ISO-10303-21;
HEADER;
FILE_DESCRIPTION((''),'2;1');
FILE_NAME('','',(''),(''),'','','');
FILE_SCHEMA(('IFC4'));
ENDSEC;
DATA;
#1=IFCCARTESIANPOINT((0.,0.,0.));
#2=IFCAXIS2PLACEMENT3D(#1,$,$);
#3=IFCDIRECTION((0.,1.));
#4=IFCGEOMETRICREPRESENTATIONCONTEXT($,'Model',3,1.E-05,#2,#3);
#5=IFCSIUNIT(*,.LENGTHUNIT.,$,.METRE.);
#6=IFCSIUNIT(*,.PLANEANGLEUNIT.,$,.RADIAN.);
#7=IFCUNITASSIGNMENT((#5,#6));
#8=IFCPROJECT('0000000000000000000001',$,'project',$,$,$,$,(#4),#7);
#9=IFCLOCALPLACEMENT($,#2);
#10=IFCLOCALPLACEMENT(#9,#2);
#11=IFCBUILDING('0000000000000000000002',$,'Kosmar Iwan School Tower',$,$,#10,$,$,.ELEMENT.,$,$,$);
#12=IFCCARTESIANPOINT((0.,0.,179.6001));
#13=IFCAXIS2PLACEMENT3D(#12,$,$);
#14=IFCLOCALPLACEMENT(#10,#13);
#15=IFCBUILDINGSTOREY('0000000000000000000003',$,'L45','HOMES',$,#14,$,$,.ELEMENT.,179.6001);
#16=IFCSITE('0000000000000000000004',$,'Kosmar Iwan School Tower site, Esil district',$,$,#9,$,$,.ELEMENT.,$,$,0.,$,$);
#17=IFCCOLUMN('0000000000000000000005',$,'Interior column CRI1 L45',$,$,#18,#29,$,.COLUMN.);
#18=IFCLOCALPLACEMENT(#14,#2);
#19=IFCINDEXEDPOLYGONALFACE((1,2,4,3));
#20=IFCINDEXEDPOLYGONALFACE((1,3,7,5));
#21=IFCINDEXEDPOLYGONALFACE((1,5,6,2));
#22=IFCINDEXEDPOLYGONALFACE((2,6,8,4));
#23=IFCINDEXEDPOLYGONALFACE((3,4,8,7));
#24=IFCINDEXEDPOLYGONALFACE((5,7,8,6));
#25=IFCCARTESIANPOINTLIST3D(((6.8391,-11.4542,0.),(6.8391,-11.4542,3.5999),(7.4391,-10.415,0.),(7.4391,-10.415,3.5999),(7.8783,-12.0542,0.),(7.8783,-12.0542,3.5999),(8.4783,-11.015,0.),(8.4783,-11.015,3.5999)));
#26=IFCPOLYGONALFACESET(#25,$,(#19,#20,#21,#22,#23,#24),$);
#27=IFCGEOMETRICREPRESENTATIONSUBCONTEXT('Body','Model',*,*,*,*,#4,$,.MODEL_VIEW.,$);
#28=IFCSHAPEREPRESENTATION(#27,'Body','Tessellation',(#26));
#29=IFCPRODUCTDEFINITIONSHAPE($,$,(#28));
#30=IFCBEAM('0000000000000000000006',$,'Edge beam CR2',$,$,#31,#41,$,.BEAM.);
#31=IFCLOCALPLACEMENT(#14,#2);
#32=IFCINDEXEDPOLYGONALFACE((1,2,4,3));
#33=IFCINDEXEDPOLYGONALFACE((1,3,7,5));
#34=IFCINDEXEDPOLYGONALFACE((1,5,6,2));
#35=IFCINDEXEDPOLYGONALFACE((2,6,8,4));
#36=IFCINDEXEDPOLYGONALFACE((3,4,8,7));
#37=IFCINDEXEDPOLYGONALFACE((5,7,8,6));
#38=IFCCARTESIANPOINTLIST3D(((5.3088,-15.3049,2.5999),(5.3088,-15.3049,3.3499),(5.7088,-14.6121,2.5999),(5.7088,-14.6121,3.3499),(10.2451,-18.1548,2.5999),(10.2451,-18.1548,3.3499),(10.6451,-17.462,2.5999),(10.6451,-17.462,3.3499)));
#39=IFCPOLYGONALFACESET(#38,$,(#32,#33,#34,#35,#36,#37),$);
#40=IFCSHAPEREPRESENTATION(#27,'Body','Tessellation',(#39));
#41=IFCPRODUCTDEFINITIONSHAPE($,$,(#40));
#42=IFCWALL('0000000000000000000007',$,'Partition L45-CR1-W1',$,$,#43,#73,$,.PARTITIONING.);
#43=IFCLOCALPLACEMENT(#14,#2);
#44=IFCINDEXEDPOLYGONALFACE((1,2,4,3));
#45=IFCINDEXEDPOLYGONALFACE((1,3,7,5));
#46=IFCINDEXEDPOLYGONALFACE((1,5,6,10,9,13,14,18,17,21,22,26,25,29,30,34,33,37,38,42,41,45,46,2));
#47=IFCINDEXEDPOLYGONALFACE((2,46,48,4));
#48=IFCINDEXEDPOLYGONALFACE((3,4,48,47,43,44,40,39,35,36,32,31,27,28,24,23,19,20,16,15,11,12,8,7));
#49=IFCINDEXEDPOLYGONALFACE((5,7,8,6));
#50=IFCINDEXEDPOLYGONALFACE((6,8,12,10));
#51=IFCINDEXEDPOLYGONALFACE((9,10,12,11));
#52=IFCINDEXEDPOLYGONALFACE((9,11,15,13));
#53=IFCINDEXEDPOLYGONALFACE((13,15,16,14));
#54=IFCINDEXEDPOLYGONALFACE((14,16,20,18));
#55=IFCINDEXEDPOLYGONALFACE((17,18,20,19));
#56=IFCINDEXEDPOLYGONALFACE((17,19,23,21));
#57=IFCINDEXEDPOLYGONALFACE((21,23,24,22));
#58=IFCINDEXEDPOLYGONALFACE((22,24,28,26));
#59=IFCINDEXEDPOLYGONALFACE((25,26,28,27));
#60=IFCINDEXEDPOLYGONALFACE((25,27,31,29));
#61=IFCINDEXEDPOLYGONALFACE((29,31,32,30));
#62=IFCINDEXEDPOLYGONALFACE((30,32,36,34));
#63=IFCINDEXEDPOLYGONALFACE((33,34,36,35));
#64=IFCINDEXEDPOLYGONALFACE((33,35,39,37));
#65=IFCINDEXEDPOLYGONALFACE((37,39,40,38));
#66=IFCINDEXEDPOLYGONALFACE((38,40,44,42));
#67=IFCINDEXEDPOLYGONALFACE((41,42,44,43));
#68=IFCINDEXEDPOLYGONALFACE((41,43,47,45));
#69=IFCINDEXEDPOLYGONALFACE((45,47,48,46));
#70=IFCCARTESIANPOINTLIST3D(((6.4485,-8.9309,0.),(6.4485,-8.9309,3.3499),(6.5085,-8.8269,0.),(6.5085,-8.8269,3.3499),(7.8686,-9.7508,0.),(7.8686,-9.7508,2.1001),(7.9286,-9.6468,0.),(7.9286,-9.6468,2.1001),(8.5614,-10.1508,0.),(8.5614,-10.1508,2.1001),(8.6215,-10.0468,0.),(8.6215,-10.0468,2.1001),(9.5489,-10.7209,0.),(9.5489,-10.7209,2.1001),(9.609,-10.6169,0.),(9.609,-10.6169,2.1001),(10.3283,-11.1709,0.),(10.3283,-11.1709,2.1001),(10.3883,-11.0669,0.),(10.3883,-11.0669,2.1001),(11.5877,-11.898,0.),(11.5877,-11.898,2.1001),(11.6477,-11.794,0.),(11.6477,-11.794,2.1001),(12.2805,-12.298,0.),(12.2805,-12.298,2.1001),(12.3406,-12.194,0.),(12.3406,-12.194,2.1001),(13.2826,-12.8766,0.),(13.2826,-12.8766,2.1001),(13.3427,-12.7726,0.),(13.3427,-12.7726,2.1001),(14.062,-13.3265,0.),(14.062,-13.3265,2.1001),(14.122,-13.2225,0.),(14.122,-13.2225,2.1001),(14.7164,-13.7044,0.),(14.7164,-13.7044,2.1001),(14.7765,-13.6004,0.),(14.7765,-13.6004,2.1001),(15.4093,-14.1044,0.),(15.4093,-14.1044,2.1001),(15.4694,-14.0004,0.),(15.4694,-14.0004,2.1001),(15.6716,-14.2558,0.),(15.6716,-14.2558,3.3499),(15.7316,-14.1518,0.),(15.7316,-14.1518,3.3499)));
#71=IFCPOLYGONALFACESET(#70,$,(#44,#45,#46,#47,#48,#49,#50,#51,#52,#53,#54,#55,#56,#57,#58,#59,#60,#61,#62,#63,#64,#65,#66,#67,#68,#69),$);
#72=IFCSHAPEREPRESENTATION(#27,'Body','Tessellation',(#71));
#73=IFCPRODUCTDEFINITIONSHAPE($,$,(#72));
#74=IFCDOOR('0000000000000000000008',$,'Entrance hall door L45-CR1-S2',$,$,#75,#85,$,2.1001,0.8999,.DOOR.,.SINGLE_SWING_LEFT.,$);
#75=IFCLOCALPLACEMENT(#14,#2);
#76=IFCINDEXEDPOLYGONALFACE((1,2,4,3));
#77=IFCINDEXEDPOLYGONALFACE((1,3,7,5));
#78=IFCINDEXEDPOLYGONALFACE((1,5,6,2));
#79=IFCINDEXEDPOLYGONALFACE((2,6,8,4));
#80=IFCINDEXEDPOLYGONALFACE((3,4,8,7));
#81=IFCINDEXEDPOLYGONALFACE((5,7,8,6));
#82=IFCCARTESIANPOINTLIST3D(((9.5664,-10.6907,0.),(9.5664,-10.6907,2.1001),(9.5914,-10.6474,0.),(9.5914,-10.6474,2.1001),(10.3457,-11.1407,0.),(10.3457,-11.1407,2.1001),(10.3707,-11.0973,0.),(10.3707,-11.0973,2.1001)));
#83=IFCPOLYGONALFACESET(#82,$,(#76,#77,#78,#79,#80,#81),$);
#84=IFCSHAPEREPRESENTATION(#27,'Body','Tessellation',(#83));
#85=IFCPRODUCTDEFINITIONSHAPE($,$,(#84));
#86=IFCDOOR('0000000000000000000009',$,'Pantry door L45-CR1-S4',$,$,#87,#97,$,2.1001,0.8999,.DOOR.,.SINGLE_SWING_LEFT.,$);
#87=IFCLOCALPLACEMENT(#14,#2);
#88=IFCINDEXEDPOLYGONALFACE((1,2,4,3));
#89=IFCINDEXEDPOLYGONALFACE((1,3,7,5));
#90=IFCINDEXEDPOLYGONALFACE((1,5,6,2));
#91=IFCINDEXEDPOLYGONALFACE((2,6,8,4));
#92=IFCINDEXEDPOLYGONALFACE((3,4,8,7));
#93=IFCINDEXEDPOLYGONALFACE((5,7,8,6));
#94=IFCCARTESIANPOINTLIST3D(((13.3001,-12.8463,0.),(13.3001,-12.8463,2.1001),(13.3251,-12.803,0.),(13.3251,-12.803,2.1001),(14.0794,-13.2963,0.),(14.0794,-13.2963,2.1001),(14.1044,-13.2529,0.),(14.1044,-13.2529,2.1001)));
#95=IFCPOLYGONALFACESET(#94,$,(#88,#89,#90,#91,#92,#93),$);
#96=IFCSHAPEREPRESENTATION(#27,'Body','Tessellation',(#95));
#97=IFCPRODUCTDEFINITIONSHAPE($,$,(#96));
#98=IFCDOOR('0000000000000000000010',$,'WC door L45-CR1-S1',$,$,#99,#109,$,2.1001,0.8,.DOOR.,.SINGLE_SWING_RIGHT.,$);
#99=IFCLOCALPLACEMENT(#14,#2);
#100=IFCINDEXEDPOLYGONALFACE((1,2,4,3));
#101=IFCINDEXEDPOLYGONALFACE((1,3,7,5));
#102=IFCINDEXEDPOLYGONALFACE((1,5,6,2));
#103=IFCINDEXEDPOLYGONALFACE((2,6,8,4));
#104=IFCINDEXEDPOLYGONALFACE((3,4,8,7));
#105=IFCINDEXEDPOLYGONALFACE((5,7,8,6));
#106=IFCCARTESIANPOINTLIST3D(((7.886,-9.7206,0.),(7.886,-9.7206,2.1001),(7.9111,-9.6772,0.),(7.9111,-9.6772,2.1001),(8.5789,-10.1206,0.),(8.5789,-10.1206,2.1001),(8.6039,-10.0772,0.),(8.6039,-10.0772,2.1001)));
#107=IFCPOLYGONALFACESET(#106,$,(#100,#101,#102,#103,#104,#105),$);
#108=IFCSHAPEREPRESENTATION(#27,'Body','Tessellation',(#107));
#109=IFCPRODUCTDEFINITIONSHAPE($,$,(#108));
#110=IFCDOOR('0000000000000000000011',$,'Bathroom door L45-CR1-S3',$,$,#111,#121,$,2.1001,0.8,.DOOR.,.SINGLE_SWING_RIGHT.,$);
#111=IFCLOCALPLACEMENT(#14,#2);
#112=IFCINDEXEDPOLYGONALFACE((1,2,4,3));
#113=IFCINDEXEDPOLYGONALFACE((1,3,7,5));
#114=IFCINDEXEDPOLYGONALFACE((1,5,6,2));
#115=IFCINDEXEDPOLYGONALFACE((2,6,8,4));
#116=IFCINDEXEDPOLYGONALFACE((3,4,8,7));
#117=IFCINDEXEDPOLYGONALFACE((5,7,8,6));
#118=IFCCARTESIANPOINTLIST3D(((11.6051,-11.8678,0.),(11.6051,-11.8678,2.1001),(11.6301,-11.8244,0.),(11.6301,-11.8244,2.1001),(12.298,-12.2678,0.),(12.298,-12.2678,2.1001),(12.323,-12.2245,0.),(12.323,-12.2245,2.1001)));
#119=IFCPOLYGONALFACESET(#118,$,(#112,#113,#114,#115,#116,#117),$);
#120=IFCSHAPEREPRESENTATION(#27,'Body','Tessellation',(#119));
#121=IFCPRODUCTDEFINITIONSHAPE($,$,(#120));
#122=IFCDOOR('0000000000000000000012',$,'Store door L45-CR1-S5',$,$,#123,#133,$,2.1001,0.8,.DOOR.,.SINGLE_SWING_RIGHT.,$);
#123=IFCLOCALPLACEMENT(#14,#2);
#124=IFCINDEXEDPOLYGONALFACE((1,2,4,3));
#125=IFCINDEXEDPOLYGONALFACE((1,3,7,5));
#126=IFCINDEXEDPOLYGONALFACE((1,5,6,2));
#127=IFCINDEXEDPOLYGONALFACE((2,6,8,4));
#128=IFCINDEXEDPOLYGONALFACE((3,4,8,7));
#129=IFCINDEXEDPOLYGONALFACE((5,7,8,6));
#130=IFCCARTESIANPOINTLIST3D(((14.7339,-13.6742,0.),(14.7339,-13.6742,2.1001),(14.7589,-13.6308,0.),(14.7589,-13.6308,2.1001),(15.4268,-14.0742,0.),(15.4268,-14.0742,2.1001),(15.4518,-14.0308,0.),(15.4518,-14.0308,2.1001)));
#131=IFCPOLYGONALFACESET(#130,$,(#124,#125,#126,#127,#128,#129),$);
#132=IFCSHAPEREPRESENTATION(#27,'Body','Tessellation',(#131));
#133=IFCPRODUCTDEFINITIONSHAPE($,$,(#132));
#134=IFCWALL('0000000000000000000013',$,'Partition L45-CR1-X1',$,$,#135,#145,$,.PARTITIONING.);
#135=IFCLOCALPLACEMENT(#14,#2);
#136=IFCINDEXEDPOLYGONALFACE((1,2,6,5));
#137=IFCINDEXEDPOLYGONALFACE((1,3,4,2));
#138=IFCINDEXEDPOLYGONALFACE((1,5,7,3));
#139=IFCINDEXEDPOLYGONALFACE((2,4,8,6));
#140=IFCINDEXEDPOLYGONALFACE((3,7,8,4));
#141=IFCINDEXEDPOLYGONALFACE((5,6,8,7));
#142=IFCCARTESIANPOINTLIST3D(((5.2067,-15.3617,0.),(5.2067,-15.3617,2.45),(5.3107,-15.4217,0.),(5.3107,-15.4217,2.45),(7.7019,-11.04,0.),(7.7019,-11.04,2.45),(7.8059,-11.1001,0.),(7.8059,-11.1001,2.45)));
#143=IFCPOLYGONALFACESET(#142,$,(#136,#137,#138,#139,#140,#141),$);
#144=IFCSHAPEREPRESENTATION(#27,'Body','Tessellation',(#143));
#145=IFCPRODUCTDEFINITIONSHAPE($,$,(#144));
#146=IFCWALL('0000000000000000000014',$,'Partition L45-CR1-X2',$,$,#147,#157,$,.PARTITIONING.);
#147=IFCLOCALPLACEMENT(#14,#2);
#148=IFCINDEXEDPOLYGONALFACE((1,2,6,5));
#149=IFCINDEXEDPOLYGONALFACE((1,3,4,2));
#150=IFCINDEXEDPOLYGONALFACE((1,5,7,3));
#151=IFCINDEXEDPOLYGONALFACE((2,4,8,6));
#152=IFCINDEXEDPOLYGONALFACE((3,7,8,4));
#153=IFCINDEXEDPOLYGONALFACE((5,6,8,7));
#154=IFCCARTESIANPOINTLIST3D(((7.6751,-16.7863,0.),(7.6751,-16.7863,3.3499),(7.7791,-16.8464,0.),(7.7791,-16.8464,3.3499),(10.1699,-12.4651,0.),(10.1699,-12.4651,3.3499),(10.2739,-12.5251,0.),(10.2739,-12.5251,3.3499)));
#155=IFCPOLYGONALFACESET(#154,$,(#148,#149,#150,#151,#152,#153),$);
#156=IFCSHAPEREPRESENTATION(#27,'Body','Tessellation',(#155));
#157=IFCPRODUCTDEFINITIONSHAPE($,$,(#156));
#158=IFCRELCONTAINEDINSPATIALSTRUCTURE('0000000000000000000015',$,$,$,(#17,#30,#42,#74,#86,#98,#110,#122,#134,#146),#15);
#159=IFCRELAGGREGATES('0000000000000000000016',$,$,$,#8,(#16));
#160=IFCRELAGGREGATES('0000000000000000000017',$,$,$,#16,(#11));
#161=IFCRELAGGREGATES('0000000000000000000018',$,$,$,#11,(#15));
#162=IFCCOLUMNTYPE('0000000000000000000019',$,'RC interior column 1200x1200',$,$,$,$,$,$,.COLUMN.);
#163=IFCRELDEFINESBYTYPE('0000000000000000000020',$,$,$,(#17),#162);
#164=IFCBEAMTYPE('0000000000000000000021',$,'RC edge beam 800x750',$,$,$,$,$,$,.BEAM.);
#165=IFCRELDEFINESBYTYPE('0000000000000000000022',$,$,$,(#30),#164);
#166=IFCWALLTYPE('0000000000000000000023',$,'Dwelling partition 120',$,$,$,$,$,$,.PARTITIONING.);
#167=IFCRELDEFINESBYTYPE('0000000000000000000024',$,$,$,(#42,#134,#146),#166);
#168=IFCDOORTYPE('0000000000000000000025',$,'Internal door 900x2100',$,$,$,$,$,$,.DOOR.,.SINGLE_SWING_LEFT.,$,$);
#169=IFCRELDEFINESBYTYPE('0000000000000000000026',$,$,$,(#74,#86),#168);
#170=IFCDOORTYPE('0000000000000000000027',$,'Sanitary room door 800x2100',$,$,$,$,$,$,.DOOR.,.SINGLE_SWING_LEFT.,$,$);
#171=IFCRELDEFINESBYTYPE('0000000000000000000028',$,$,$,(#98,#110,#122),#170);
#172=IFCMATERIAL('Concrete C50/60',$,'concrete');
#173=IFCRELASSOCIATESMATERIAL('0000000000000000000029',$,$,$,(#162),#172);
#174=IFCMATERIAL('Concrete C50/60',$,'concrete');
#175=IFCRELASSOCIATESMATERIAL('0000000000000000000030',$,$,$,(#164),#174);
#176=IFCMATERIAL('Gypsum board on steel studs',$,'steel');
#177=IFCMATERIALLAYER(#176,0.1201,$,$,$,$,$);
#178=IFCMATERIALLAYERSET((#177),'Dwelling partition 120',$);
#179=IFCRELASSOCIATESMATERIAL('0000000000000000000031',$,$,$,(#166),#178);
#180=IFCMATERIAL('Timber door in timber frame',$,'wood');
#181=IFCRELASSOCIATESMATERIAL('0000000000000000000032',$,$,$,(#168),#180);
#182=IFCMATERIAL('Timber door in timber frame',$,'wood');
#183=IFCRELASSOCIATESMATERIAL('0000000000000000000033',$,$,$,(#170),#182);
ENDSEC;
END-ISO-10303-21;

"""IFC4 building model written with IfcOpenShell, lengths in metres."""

from ifc_helpers import new_model, si_unit, direction, frame, frame_2d, origin, origin_2d, place, context, subcontext, project, spatial, rectangle, extrude, material, layer, layer_set, material_profile, profile_set, type_object, element, fill, save


model = new_model("IFC4")

# Units and contexts
model_context = context("Model", 3, precision=1e-05, world=origin(), true_north=direction((0.0, 1.0)))
body_context = subcontext(model_context, "Body", "Model", "MODEL_VIEW")
ifc_project = project(units=[si_unit("LENGTHUNIT", "METRE"), si_unit("PLANEANGLEUNIT", "RADIAN")], contexts=[model_context])

# Site, building, storey
site_placement = place(None, origin())
site = spatial("IfcSite", under=ifc_project, at=site_placement, Name="Kosmar Iwan School Tower site, Esil district", CompositionType="ELEMENT", RefElevation=0.0)
building_placement = place(site_placement, origin())
building = spatial("IfcBuilding", under=site, at=building_placement, Name="Kosmar Iwan School Tower", CompositionType="ELEMENT")
storey_placement = place(building_placement, frame((0.0, 0.0, 179.6001)))
storey = spatial("IfcBuildingStorey", under=building, at=storey_placement, Name="L45", Description="HOMES", CompositionType="ELEMENT", Elevation=179.6001)

# Column
ifc_material_1 = material(Name="Concrete C50/60", Category="concrete")
ifc_material_profile_1 = material_profile(ifc_material_1, rectangle(XDim=1.2, YDim=1.2, at=origin_2d()), Name="RC 1200x1200")
ifc_profile_set_1 = profile_set([ifc_material_profile_1], Name="Concrete C50/60")
column_type = type_object("IfcColumnType", Name="RC interior column 1200x1200", PredefinedType="COLUMN", material=ifc_profile_set_1)
column_placement = place(storey_placement, frame((7.6587, -11.2346, 0.0), z_axis=(0.0, 0.0, 1.0), x_axis=(0.866025, -0.5, 0.0)))
element("IfcColumn", 1, at=column_placement, inside=storey, type_object=column_type, Name="Interior column CRI1 L45", PredefinedType="COLUMN", context=body_context, shape_type="SweptSolid", body=[
    extrude(rectangle(XDim=1.2, YDim=1.2, at=origin_2d()), origin(), (0.0, 0.0, 1.0), 3.5999),
])

# Beam
ifc_material_2 = material(Name="Concrete C50/60", Category="concrete")
ifc_material_profile_2 = material_profile(ifc_material_2, rectangle(XDim=0.8, YDim=0.75, at=origin_2d()), Name="RC 800x750")
ifc_profile_set_2 = profile_set([ifc_material_profile_2], Name="Concrete C50/60")
beam_type = type_object("IfcBeamType", Name="RC edge beam 800x750", PredefinedType="BEAM", material=ifc_profile_set_2)
beam_placement = place(storey_placement, frame((5.5088, -14.9585, 2.9749), z_axis=(0.866034, -0.499986, 0.0), x_axis=(0.499986, 0.866034, 0.0)))
element("IfcBeam", 2, at=beam_placement, inside=storey, type_object=beam_type, Name="Edge beam CR2", PredefinedType="BEAM", context=body_context, shape_type="SweptSolid", body=[
    extrude(rectangle(XDim=0.8, YDim=0.75, at=origin_2d()), origin(), (0.0, 0.0, 1.0), 5.7),
])

# Wall, openings, doors
ifc_material_3 = material(Name="Gypsum board on steel studs", Category="steel")
ifc_layer = layer(ifc_material_3, 0.1201)
ifc_layer_set = layer_set([ifc_layer], Name="Dwelling partition 120")
wall_type = type_object("IfcWallType", Name="Dwelling partition 120", PredefinedType="PARTITIONING", material=ifc_layer_set)
wall_1_placement = place(storey_placement, frame((6.4785, -8.8789, 0.0), z_axis=(0.0, 0.0, 1.0), x_axis=(0.866027, -0.499998, 0.0)))
wall_1 = element("IfcWall", 3, at=wall_1_placement, inside=storey, type_object=wall_type, Name="Partition L45-CR1-W1", PredefinedType="PARTITIONING", context=body_context, shape_type="SweptSolid", body=[
    extrude(rectangle(XDim=10.6499, YDim=0.1201, at=frame_2d((5.325, 0.0))), origin(), (0.0, 0.0, 1.0), 3.3499),
])
opening_1_placement = place(wall_1_placement, frame((1.6399, 0.0, 0.0)))
opening_1 = element("IfcOpeningElement", 4, at=opening_1_placement, cuts=wall_1, PredefinedType="OPENING", context=body_context, shape_type="SweptSolid", body=[
    extrude(rectangle(XDim=0.8, YDim=2.1001, at=frame_2d((0.3999, 1.05))), frame((0.0, 0.072, 0.0), z_axis=(0.0, -1.0, 0.0), x_axis=(1.0, 0.0, 0.0)), (0.0, 0.0, 1.0), 0.144),
])
opening_2_placement = place(wall_1_placement, frame((3.5801, 0.0, 0.0)))
opening_2 = element("IfcOpeningElement", 5, at=opening_2_placement, cuts=wall_1, PredefinedType="OPENING", context=body_context, shape_type="SweptSolid", body=[
    extrude(rectangle(XDim=0.8999, YDim=2.1001, at=frame_2d((0.45, 1.05))), frame((0.0, 0.072, 0.0), z_axis=(0.0, -1.0, 0.0), x_axis=(1.0, 0.0, 0.0)), (0.0, 0.0, 1.0), 0.144),
])
opening_3_placement = place(wall_1_placement, frame((5.9343, 0.0, 0.0)))
opening_3 = element("IfcOpeningElement", 6, at=opening_3_placement, cuts=wall_1, PredefinedType="OPENING", context=body_context, shape_type="SweptSolid", body=[
    extrude(rectangle(XDim=0.8, YDim=2.1001, at=frame_2d((0.3999, 1.05))), frame((0.0, 0.072, 0.0), z_axis=(0.0, -1.0, 0.0), x_axis=(1.0, 0.0, 0.0)), (0.0, 0.0, 1.0), 0.144),
])
opening_4_placement = place(wall_1_placement, frame((7.8914, 0.0, 0.0)))
opening_4 = element("IfcOpeningElement", 7, at=opening_4_placement, cuts=wall_1, PredefinedType="OPENING", context=body_context, shape_type="SweptSolid", body=[
    extrude(rectangle(XDim=0.8999, YDim=2.1001, at=frame_2d((0.45, 1.05))), frame((0.0, 0.072, 0.0), z_axis=(0.0, -1.0, 0.0), x_axis=(1.0, 0.0, 0.0)), (0.0, 0.0, 1.0), 0.144),
])
opening_5_placement = place(wall_1_placement, frame((9.5471, 0.0, 0.0)))
opening_5 = element("IfcOpeningElement", 8, at=opening_5_placement, cuts=wall_1, PredefinedType="OPENING", context=body_context, shape_type="SweptSolid", body=[
    extrude(rectangle(XDim=0.8, YDim=2.1001, at=frame_2d((0.3999, 1.05))), frame((0.0, 0.072, 0.0), z_axis=(0.0, -1.0, 0.0), x_axis=(1.0, 0.0, 0.0)), (0.0, 0.0, 1.0), 0.144),
])
ifc_material_4 = material(Name="Timber door in timber frame", Category="wood")
door_type_1 = type_object("IfcDoorType", Name="Internal door 900x2100", OperationType="SINGLE_SWING_LEFT", PredefinedType="DOOR", material=ifc_material_4)
door_1_placement = place(opening_2_placement, origin())
door_1 = element("IfcDoor", 9, at=door_1_placement, inside=storey, type_object=door_type_1, Name="Entrance hall door L45-CR1-S2", OperationType="SINGLE_SWING_LEFT", OverallHeight=2.1001, OverallWidth=0.8999, PredefinedType="DOOR", context=body_context, shape_type="SweptSolid", body=[
    extrude(rectangle(XDim=0.8999, YDim=2.1001, at=frame_2d((0.45, 1.05))), frame((0.0, 0.0249, 0.0), z_axis=(0.0, -1.0, 0.0), x_axis=(1.0, 0.0, 0.0)), (0.0, 0.0, 1.0), 0.05),
])
fill(opening_2, door_1)
door_2_placement = place(opening_4_placement, origin())
door_2 = element("IfcDoor", 10, at=door_2_placement, inside=storey, type_object=door_type_1, Name="Pantry door L45-CR1-S4", OperationType="SINGLE_SWING_LEFT", OverallHeight=2.1001, OverallWidth=0.8999, PredefinedType="DOOR", context=body_context, shape_type="SweptSolid", body=[
    extrude(rectangle(XDim=0.8999, YDim=2.1001, at=frame_2d((0.45, 1.05))), frame((0.0, 0.0249, 0.0), z_axis=(0.0, -1.0, 0.0), x_axis=(1.0, 0.0, 0.0)), (0.0, 0.0, 1.0), 0.05),
])
fill(opening_4, door_2)
ifc_material_5 = material(Name="Timber door in timber frame", Category="wood")
door_type_2 = type_object("IfcDoorType", Name="Sanitary room door 800x2100", OperationType="SINGLE_SWING_LEFT", PredefinedType="DOOR", material=ifc_material_5)
door_3_placement = place(opening_1_placement, origin())
door_3 = element("IfcDoor", 11, at=door_3_placement, inside=storey, type_object=door_type_2, Name="WC door L45-CR1-S1", OperationType="SINGLE_SWING_RIGHT", OverallHeight=2.1001, OverallWidth=0.8, PredefinedType="DOOR", context=body_context, shape_type="SweptSolid", body=[
    extrude(rectangle(XDim=0.8, YDim=2.1001, at=frame_2d((0.3999, 1.05))), frame((0.0, 0.0249, 0.0), z_axis=(0.0, -1.0, 0.0), x_axis=(1.0, 0.0, 0.0)), (0.0, 0.0, 1.0), 0.05),
])
fill(opening_1, door_3)
door_4_placement = place(opening_3_placement, origin())
door_4 = element("IfcDoor", 12, at=door_4_placement, inside=storey, type_object=door_type_2, Name="Bathroom door L45-CR1-S3", OperationType="SINGLE_SWING_RIGHT", OverallHeight=2.1001, OverallWidth=0.8, PredefinedType="DOOR", context=body_context, shape_type="SweptSolid", body=[
    extrude(rectangle(XDim=0.8, YDim=2.1001, at=frame_2d((0.3999, 1.05))), frame((0.0, 0.0249, 0.0), z_axis=(0.0, -1.0, 0.0), x_axis=(1.0, 0.0, 0.0)), (0.0, 0.0, 1.0), 0.05),
])
fill(opening_3, door_4)
door_5_placement = place(opening_5_placement, origin())
door_5 = element("IfcDoor", 13, at=door_5_placement, inside=storey, type_object=door_type_2, Name="Store door L45-CR1-S5", OperationType="SINGLE_SWING_RIGHT", OverallHeight=2.1001, OverallWidth=0.8, PredefinedType="DOOR", context=body_context, shape_type="SweptSolid", body=[
    extrude(rectangle(XDim=0.8, YDim=2.1001, at=frame_2d((0.3999, 1.05))), frame((0.0, 0.0249, 0.0), z_axis=(0.0, -1.0, 0.0), x_axis=(1.0, 0.0, 0.0)), (0.0, 0.0, 1.0), 0.05),
])
fill(opening_5, door_5)

# Walls
wall_2_placement = place(storey_placement, frame((7.7539, -11.0701, 0.0), z_axis=(0.0, 0.0, 1.0), x_axis=(-0.500012, -0.866019, 0.0)))
element("IfcWall", 14, at=wall_2_placement, inside=storey, type_object=wall_type, Name="Partition L45-CR1-X1", PredefinedType="PARTITIONING", context=body_context, shape_type="SweptSolid", body=[
    extrude(rectangle(XDim=4.9902, YDim=0.1201, at=frame_2d((2.4951, 0.0))), origin(), (0.0, 0.0, 1.0), 2.45),
])
wall_3_placement = place(storey_placement, frame((10.2219, -12.4951, 0.0), z_axis=(0.0, 0.0, 1.0), x_axis=(-0.499996, -0.866028, 0.0)))
element("IfcWall", 15, at=wall_3_placement, inside=storey, type_object=wall_type, Name="Partition L45-CR1-X2", PredefinedType="PARTITIONING", context=body_context, shape_type="SweptSolid", body=[
    extrude(rectangle(XDim=4.9897, YDim=0.1201, at=frame_2d((2.4949, 0.0))), origin(), (0.0, 0.0, 1.0), 3.3499),
])

save(model, "model.ifc")
